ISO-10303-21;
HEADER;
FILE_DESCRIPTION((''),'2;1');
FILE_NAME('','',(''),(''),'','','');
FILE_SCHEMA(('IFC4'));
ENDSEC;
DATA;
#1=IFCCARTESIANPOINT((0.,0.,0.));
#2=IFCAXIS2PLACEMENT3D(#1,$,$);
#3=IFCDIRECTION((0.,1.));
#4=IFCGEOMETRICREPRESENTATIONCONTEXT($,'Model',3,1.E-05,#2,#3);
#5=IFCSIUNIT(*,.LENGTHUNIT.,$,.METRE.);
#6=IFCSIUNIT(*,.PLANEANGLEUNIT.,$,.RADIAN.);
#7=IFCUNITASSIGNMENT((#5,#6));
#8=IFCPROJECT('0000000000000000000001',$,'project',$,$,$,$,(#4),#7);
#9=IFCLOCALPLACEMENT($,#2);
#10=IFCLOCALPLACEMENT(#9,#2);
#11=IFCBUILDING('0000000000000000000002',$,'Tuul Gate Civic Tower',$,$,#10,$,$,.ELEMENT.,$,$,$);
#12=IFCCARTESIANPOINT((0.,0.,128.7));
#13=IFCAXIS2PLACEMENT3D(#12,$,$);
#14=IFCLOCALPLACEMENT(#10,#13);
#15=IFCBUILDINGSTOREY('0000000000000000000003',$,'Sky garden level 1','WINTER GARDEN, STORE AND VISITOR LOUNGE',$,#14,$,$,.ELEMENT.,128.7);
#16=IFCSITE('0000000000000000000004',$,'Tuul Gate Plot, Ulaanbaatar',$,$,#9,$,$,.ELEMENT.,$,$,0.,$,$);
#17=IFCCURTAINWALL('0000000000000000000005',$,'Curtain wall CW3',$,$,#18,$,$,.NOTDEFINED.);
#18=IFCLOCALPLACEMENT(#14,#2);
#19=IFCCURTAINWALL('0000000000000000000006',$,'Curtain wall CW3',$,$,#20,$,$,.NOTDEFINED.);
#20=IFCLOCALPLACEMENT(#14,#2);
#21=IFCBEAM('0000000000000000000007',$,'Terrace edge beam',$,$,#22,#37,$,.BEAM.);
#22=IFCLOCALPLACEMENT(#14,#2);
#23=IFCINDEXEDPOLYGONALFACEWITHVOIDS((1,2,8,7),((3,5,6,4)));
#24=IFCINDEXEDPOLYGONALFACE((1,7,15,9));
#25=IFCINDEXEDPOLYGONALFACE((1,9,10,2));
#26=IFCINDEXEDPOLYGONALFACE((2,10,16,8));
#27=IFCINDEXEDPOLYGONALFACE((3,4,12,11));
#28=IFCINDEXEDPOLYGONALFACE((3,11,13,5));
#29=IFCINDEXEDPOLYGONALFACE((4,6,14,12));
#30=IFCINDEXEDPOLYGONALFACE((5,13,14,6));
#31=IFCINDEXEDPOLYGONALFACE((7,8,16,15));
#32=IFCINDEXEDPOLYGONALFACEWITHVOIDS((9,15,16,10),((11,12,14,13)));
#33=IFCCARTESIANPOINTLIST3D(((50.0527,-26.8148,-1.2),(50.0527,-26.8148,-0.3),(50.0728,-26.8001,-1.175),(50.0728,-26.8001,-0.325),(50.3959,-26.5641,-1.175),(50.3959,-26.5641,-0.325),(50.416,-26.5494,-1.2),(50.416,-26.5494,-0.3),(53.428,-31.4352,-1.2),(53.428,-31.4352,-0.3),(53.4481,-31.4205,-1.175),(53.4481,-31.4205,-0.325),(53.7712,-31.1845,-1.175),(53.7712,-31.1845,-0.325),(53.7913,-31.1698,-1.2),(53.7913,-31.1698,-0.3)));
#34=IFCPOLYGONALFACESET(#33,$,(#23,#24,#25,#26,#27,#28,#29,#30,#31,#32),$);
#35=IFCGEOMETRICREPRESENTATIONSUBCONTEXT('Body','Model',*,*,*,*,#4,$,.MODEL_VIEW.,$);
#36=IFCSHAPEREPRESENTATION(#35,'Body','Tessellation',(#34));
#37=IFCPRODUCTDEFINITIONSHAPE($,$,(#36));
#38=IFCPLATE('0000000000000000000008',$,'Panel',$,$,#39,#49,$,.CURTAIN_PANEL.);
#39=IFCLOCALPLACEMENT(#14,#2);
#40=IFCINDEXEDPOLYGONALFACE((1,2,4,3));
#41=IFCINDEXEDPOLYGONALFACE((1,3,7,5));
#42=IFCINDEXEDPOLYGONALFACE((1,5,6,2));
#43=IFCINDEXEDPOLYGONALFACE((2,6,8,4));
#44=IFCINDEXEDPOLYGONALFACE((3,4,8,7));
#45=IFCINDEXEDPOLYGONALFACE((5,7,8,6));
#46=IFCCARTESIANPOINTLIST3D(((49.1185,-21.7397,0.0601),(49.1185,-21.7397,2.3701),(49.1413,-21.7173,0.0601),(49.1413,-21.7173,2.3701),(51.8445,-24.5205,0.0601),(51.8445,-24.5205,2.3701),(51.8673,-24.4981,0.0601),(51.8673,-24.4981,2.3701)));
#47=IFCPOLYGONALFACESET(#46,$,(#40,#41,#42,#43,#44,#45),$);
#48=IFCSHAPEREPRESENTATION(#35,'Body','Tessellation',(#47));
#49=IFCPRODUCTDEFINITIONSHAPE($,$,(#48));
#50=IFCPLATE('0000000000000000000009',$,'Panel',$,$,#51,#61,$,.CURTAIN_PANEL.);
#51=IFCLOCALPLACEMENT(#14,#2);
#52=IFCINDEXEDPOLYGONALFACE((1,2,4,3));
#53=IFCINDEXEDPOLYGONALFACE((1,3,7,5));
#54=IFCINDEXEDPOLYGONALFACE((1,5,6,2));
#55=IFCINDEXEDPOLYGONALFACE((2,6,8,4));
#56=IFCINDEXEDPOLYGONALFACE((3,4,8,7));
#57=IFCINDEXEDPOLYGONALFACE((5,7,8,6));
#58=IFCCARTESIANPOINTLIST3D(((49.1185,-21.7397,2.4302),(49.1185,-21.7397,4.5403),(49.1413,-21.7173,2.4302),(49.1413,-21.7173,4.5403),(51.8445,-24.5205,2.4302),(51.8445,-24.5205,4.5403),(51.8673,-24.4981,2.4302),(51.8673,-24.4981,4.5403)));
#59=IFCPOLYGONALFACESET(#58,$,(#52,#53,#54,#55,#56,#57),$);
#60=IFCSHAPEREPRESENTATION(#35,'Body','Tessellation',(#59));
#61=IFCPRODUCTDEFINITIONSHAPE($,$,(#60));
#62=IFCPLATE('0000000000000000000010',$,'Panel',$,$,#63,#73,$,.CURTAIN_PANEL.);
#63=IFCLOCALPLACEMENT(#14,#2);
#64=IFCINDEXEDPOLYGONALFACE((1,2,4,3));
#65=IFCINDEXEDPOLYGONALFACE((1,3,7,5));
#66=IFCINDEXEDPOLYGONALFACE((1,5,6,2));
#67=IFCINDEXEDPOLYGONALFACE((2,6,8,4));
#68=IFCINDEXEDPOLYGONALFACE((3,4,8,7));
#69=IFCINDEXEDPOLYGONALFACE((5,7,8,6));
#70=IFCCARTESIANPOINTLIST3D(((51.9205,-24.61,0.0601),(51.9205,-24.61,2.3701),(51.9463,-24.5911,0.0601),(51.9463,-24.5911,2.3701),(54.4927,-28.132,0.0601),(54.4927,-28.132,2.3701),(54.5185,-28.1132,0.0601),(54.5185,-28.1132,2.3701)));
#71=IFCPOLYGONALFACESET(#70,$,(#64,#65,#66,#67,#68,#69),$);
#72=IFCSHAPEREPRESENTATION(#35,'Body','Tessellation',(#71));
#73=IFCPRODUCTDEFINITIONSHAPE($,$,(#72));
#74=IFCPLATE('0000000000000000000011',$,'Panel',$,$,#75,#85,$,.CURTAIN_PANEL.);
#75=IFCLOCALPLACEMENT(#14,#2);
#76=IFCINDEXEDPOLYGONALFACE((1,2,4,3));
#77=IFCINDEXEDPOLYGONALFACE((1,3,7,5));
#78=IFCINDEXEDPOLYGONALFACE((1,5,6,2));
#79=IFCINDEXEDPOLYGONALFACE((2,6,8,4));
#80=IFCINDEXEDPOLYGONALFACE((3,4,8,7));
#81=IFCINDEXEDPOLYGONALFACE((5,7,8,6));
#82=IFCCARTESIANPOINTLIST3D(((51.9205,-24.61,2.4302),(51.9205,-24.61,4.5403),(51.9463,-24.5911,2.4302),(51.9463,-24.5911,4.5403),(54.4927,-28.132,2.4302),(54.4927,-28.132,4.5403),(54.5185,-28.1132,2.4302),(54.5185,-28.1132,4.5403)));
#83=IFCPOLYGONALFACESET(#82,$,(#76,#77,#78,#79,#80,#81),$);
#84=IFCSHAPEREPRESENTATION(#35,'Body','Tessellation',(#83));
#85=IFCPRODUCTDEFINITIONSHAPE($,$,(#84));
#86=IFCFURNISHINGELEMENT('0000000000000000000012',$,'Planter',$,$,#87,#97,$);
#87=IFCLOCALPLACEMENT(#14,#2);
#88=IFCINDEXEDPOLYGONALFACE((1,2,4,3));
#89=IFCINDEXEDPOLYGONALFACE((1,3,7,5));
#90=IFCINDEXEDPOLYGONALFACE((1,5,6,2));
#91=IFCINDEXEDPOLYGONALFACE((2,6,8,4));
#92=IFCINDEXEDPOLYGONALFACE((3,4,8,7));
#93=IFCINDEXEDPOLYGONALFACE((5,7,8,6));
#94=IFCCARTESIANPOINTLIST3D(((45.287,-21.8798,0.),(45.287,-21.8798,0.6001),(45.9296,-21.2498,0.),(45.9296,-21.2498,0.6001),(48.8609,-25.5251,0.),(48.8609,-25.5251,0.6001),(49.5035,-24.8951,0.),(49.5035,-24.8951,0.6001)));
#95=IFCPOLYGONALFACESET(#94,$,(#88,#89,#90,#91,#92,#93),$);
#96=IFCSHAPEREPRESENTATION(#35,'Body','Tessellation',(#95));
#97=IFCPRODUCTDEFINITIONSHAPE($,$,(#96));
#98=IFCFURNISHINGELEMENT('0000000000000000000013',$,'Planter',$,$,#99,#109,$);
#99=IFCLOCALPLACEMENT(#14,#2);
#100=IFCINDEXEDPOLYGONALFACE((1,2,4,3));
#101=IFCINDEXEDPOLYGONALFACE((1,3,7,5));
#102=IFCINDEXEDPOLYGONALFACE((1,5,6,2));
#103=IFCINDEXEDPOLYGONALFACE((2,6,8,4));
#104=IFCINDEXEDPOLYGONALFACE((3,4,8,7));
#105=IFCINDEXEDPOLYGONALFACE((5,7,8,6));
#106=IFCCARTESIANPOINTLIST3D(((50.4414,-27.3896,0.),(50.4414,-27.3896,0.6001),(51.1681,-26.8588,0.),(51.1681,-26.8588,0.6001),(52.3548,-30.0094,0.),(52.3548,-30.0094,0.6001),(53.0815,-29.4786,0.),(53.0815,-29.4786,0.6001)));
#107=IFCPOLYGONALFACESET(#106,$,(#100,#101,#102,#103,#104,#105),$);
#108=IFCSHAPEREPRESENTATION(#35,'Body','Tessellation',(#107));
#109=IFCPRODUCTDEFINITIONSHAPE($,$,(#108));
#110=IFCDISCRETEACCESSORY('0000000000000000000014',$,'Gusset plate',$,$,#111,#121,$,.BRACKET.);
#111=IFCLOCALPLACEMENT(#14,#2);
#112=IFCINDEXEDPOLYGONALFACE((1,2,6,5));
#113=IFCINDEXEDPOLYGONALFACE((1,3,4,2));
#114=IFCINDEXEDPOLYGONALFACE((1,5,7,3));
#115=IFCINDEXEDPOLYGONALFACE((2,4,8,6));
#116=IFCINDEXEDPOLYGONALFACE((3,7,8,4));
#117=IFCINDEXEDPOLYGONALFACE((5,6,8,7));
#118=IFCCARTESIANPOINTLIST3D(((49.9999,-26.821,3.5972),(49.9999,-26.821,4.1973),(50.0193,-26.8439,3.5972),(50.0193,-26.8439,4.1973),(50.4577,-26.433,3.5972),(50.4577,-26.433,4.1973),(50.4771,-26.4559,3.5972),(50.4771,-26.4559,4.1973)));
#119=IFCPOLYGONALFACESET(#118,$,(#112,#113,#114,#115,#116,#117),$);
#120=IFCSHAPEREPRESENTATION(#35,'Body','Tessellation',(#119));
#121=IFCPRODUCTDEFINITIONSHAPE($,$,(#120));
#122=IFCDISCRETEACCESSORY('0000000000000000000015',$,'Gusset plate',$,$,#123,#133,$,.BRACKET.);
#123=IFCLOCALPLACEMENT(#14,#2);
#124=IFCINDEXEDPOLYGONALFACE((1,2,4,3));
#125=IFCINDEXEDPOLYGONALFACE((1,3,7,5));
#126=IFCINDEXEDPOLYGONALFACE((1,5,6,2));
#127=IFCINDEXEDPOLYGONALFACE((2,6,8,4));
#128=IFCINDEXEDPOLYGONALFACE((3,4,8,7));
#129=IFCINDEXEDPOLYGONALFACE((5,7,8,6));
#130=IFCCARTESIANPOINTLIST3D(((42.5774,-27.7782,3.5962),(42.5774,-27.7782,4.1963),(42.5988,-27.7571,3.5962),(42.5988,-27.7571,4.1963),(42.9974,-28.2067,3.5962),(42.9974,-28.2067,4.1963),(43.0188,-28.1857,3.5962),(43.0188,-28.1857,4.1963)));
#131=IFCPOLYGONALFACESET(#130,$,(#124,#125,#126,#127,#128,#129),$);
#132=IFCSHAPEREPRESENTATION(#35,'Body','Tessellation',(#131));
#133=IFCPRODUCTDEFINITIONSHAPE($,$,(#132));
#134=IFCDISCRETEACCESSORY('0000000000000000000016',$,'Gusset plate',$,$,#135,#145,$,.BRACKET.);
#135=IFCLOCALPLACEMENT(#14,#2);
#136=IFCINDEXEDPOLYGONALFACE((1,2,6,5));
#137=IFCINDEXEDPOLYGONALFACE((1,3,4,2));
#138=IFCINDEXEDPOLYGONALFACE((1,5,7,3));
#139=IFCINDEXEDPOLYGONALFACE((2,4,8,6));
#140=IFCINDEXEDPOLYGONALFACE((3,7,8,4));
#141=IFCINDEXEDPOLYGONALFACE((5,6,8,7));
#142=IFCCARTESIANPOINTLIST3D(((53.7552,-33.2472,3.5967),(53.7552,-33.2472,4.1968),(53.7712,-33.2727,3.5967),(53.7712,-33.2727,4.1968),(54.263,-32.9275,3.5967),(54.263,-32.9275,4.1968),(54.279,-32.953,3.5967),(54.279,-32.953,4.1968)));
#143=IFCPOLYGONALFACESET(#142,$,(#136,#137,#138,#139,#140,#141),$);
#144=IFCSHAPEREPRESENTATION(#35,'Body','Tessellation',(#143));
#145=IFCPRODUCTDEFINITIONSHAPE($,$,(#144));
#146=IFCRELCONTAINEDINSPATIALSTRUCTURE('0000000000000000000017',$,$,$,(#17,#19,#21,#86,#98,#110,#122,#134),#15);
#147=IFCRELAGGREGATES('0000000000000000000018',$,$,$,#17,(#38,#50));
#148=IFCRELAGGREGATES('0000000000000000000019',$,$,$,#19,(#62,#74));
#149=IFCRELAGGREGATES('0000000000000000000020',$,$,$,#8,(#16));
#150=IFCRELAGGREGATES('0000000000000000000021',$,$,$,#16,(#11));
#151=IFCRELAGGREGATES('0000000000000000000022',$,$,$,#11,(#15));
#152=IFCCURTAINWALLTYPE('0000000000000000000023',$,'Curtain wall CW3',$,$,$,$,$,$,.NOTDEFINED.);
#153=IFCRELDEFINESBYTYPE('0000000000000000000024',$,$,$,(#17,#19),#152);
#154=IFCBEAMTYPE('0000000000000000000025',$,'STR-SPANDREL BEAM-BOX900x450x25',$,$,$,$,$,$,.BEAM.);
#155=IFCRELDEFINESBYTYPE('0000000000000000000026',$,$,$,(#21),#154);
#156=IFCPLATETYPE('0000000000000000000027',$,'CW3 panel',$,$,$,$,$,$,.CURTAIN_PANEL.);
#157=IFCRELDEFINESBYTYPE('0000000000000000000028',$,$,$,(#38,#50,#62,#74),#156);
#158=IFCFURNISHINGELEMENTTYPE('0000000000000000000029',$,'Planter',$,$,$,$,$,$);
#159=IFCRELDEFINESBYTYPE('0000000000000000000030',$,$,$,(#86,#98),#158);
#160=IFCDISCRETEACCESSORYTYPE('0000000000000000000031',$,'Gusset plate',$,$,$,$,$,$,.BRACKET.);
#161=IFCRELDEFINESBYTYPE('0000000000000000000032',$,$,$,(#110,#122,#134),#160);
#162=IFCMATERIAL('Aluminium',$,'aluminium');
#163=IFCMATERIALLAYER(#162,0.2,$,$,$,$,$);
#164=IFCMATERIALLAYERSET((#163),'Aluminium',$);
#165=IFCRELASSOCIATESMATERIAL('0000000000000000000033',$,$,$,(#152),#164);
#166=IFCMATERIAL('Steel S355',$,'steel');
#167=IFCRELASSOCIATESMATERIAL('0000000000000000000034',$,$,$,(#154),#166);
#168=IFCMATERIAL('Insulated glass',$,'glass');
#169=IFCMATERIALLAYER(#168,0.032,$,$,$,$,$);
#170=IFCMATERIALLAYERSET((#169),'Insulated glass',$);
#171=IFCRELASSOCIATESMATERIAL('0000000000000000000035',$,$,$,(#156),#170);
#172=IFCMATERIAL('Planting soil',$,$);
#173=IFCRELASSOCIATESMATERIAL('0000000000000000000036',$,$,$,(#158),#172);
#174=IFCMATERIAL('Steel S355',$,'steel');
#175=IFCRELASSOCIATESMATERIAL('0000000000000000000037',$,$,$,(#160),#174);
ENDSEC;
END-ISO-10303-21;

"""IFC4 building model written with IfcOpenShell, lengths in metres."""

from ifc_helpers import new_model, si_unit, direction, frame, origin, origin_2d, place, context, subcontext, project, spatial, rectangle, hollow_rectangle, extrude, material, layer, layer_set, material_profile, profile_set, type_object, element, aggregate, save


model = new_model("IFC4")

# Units and contexts
model_context = context("Model", 3, precision=1e-05, world=origin(), true_north=direction((0.0, 1.0)))
body_context = subcontext(model_context, "Body", "Model", "MODEL_VIEW")
ifc_project = project(units=[si_unit("LENGTHUNIT", "METRE"), si_unit("PLANEANGLEUNIT", "RADIAN")], contexts=[model_context])

# Site, building, storey
site_placement = place(None, origin())
site = spatial("IfcSite", under=ifc_project, at=site_placement, Name="Tuul Gate Plot, Ulaanbaatar", CompositionType="ELEMENT", RefElevation=0.0)
building_placement = place(site_placement, origin())
building = spatial("IfcBuilding", under=site, at=building_placement, Name="Tuul Gate Civic Tower", CompositionType="ELEMENT")
storey_placement = place(building_placement, frame((0.0, 0.0, 128.7)))
storey = spatial("IfcBuildingStorey", under=building, at=storey_placement, Name="Sky garden level 1", Description="WINTER GARDEN, STORE AND VISITOR LOUNGE", CompositionType="ELEMENT", Elevation=128.7)

# Curtain walls
ifc_material_1 = material(Name="Aluminium", Category="aluminium")
ifc_layer_1 = layer(ifc_material_1, 0.2)
ifc_layer_set_1 = layer_set([ifc_layer_1], Name="Aluminium")
curtain_wall_type = type_object("IfcCurtainWallType", Name="Curtain wall CW3", PredefinedType="NOTDEFINED", material=ifc_layer_set_1)
curtain_wall_1_placement = place(storey_placement, origin())
curtain_wall_1 = element("IfcCurtainWall", 1, at=curtain_wall_1_placement, inside=storey, type_object=curtain_wall_type, Name="Curtain wall CW3", PredefinedType="NOTDEFINED")
curtain_wall_2_placement = place(storey_placement, origin())
curtain_wall_2 = element("IfcCurtainWall", 2, at=curtain_wall_2_placement, inside=storey, type_object=curtain_wall_type, Name="Curtain wall CW3", PredefinedType="NOTDEFINED")

# Beam
ifc_material_2 = material(Name="Steel S355", Category="steel")
ifc_material_profile_1 = material_profile(ifc_material_2, hollow_rectangle(XDim=0.45, YDim=0.8999, WallThickness=0.0249, at=origin_2d()), Name="BOX900x450x25")
ifc_profile_set_1 = profile_set([ifc_material_profile_1], Name="Steel S355")
beam_type_1 = type_object("IfcBeamType", Name="STR-SPANDREL BEAM-BOX900x450x25", PredefinedType="BEAM", material=ifc_profile_set_1)
beam_1_placement = place(storey_placement, frame((50.2344, -26.6821, -0.75), z_axis=(0.589883, -0.807489, 0.0), x_axis=(0.807489, 0.589883, 0.0)))
element("IfcBeam", 3, at=beam_1_placement, inside=storey, type_object=beam_type_1, Name="Terrace edge beam", PredefinedType="BEAM", context=body_context, shape_type="SweptSolid", body=[
    extrude(hollow_rectangle(XDim=0.45, YDim=0.8999, WallThickness=0.0249, at=origin_2d()), origin(), (0.0, 0.0, 1.0), 5.7219),
])

# Plates
ifc_material_3 = material(Name="Insulated glass", Category="glass")
ifc_layer_2 = layer(ifc_material_3, 0.032)
ifc_layer_set_2 = layer_set([ifc_layer_2], Name="Insulated glass")
plate_type = type_object("IfcPlateType", Name="CW3 panel", PredefinedType="CURTAIN_PANEL", material=ifc_layer_set_2)
plate_1_placement = place(storey_placement, frame((50.4929, -23.1189, 0.0601), z_axis=(0.0, 0.0, 1.0), x_axis=(0.700044, -0.7141, 0.0)))
plate_1 = element("IfcPlate", 4, at=plate_1_placement, type_object=plate_type, Name="Panel", PredefinedType="CURTAIN_PANEL", context=body_context, shape_type="SweptSolid", body=[
    extrude(rectangle(XDim=3.894, YDim=0.032, at=origin_2d()), origin(), (0.0, 0.0, 1.0), 2.3101),
])
plate_2_placement = place(storey_placement, frame((50.4929, -23.1189, 2.4302), z_axis=(0.0, 0.0, 1.0), x_axis=(0.700044, -0.7141, 0.0)))
plate_2 = element("IfcPlate", 5, at=plate_2_placement, type_object=plate_type, Name="Panel", PredefinedType="CURTAIN_PANEL", context=body_context, shape_type="SweptSolid", body=[
    extrude(rectangle(XDim=3.894, YDim=0.032, at=origin_2d()), origin(), (0.0, 0.0, 1.0), 2.1101),
])
aggregate(curtain_wall_1, [plate_1, plate_2])
plate_3_placement = place(storey_placement, frame((53.2195, -26.3616, 0.0601), z_axis=(0.0, 0.0, 1.0), x_axis=(0.589776, -0.807567, 0.0)))
plate_3 = element("IfcPlate", 6, at=plate_3_placement, type_object=plate_type, Name="Panel", PredefinedType="CURTAIN_PANEL", context=body_context, shape_type="SweptSolid", body=[
    extrude(rectangle(XDim=4.3613, YDim=0.032, at=origin_2d()), origin(), (0.0, 0.0, 1.0), 2.3101),
])
plate_4_placement = place(storey_placement, frame((53.2195, -26.3616, 2.4302), z_axis=(0.0, 0.0, 1.0), x_axis=(0.589776, -0.807567, 0.0)))
plate_4 = element("IfcPlate", 7, at=plate_4_placement, type_object=plate_type, Name="Panel", PredefinedType="CURTAIN_PANEL", context=body_context, shape_type="SweptSolid", body=[
    extrude(rectangle(XDim=4.3613, YDim=0.032, at=origin_2d()), origin(), (0.0, 0.0, 1.0), 2.1101),
])
aggregate(curtain_wall_2, [plate_3, plate_4])

# Furnishing elements
ifc_material_4 = material(Name="Planting soil")
furnishing_element_type = type_object("IfcFurnishingElementType", Name="Planter", material=ifc_material_4)
furnishing_1_placement = place(storey_placement, frame((47.3953, -23.3875, 0.0), z_axis=(0.0, 0.0, 1.0), x_axis=(0.700077, -0.714068, 0.0)))
element("IfcFurnishingElement", 8, at=furnishing_1_placement, inside=storey, type_object=furnishing_element_type, Name="Planter", context=body_context, shape_type="SweptSolid", body=[
    extrude(rectangle(XDim=5.105, YDim=0.8999, at=origin_2d()), origin(), (0.0, 0.0, 1.0), 0.6001),
])
furnishing_2_placement = place(storey_placement, frame((51.7615, -28.4341, 0.0), z_axis=(0.0, 0.0, 1.0), x_axis=(0.589803, -0.807547, 0.0)))
element("IfcFurnishingElement", 9, at=furnishing_2_placement, inside=storey, type_object=furnishing_element_type, Name="Planter", context=body_context, shape_type="SweptSolid", body=[
    extrude(rectangle(XDim=3.2441, YDim=0.8999, at=origin_2d()), origin(), (0.0, 0.0, 1.0), 0.6001),
])

# Discrete accessories
ifc_material_5 = material(Name="Steel S355", Category="steel")
discrete_accessory_type = type_object("IfcDiscreteAccessoryType", Name="Gusset plate", PredefinedType="BRACKET", material=ifc_material_5)
for number, where, z_axis, x_axis, name in (
    (10, (50.2385, -26.6384, 3.5972), (0.0, 0.0, 1.0), (0.762825, 0.646605, 0.0), "Gusset plate"),
    (11, (42.7981, -27.9819, 3.5962), (0.0, 0.0, 1.0), (-0.699958, 0.714184, 0.0), "Gusset plate"),
    (12, (54.0171, -33.1001, 3.5967), (0.0, 0.0, 1.0), (0.846275, 0.532746, 0.0), "Gusset plate"),
):
    element("IfcDiscreteAccessory", number, at=place(storey_placement, frame(where, z_axis=z_axis, x_axis=x_axis)), inside=storey, type_object=discrete_accessory_type, Name=name, PredefinedType="BRACKET", context=body_context, shape_type="SweptSolid", body=[
        extrude(rectangle(XDim=0.6001, YDim=0.03, at=origin_2d()), origin(), (0.0, 0.0, 1.0), 0.6001),
    ])

save(model, "model.ifc")
